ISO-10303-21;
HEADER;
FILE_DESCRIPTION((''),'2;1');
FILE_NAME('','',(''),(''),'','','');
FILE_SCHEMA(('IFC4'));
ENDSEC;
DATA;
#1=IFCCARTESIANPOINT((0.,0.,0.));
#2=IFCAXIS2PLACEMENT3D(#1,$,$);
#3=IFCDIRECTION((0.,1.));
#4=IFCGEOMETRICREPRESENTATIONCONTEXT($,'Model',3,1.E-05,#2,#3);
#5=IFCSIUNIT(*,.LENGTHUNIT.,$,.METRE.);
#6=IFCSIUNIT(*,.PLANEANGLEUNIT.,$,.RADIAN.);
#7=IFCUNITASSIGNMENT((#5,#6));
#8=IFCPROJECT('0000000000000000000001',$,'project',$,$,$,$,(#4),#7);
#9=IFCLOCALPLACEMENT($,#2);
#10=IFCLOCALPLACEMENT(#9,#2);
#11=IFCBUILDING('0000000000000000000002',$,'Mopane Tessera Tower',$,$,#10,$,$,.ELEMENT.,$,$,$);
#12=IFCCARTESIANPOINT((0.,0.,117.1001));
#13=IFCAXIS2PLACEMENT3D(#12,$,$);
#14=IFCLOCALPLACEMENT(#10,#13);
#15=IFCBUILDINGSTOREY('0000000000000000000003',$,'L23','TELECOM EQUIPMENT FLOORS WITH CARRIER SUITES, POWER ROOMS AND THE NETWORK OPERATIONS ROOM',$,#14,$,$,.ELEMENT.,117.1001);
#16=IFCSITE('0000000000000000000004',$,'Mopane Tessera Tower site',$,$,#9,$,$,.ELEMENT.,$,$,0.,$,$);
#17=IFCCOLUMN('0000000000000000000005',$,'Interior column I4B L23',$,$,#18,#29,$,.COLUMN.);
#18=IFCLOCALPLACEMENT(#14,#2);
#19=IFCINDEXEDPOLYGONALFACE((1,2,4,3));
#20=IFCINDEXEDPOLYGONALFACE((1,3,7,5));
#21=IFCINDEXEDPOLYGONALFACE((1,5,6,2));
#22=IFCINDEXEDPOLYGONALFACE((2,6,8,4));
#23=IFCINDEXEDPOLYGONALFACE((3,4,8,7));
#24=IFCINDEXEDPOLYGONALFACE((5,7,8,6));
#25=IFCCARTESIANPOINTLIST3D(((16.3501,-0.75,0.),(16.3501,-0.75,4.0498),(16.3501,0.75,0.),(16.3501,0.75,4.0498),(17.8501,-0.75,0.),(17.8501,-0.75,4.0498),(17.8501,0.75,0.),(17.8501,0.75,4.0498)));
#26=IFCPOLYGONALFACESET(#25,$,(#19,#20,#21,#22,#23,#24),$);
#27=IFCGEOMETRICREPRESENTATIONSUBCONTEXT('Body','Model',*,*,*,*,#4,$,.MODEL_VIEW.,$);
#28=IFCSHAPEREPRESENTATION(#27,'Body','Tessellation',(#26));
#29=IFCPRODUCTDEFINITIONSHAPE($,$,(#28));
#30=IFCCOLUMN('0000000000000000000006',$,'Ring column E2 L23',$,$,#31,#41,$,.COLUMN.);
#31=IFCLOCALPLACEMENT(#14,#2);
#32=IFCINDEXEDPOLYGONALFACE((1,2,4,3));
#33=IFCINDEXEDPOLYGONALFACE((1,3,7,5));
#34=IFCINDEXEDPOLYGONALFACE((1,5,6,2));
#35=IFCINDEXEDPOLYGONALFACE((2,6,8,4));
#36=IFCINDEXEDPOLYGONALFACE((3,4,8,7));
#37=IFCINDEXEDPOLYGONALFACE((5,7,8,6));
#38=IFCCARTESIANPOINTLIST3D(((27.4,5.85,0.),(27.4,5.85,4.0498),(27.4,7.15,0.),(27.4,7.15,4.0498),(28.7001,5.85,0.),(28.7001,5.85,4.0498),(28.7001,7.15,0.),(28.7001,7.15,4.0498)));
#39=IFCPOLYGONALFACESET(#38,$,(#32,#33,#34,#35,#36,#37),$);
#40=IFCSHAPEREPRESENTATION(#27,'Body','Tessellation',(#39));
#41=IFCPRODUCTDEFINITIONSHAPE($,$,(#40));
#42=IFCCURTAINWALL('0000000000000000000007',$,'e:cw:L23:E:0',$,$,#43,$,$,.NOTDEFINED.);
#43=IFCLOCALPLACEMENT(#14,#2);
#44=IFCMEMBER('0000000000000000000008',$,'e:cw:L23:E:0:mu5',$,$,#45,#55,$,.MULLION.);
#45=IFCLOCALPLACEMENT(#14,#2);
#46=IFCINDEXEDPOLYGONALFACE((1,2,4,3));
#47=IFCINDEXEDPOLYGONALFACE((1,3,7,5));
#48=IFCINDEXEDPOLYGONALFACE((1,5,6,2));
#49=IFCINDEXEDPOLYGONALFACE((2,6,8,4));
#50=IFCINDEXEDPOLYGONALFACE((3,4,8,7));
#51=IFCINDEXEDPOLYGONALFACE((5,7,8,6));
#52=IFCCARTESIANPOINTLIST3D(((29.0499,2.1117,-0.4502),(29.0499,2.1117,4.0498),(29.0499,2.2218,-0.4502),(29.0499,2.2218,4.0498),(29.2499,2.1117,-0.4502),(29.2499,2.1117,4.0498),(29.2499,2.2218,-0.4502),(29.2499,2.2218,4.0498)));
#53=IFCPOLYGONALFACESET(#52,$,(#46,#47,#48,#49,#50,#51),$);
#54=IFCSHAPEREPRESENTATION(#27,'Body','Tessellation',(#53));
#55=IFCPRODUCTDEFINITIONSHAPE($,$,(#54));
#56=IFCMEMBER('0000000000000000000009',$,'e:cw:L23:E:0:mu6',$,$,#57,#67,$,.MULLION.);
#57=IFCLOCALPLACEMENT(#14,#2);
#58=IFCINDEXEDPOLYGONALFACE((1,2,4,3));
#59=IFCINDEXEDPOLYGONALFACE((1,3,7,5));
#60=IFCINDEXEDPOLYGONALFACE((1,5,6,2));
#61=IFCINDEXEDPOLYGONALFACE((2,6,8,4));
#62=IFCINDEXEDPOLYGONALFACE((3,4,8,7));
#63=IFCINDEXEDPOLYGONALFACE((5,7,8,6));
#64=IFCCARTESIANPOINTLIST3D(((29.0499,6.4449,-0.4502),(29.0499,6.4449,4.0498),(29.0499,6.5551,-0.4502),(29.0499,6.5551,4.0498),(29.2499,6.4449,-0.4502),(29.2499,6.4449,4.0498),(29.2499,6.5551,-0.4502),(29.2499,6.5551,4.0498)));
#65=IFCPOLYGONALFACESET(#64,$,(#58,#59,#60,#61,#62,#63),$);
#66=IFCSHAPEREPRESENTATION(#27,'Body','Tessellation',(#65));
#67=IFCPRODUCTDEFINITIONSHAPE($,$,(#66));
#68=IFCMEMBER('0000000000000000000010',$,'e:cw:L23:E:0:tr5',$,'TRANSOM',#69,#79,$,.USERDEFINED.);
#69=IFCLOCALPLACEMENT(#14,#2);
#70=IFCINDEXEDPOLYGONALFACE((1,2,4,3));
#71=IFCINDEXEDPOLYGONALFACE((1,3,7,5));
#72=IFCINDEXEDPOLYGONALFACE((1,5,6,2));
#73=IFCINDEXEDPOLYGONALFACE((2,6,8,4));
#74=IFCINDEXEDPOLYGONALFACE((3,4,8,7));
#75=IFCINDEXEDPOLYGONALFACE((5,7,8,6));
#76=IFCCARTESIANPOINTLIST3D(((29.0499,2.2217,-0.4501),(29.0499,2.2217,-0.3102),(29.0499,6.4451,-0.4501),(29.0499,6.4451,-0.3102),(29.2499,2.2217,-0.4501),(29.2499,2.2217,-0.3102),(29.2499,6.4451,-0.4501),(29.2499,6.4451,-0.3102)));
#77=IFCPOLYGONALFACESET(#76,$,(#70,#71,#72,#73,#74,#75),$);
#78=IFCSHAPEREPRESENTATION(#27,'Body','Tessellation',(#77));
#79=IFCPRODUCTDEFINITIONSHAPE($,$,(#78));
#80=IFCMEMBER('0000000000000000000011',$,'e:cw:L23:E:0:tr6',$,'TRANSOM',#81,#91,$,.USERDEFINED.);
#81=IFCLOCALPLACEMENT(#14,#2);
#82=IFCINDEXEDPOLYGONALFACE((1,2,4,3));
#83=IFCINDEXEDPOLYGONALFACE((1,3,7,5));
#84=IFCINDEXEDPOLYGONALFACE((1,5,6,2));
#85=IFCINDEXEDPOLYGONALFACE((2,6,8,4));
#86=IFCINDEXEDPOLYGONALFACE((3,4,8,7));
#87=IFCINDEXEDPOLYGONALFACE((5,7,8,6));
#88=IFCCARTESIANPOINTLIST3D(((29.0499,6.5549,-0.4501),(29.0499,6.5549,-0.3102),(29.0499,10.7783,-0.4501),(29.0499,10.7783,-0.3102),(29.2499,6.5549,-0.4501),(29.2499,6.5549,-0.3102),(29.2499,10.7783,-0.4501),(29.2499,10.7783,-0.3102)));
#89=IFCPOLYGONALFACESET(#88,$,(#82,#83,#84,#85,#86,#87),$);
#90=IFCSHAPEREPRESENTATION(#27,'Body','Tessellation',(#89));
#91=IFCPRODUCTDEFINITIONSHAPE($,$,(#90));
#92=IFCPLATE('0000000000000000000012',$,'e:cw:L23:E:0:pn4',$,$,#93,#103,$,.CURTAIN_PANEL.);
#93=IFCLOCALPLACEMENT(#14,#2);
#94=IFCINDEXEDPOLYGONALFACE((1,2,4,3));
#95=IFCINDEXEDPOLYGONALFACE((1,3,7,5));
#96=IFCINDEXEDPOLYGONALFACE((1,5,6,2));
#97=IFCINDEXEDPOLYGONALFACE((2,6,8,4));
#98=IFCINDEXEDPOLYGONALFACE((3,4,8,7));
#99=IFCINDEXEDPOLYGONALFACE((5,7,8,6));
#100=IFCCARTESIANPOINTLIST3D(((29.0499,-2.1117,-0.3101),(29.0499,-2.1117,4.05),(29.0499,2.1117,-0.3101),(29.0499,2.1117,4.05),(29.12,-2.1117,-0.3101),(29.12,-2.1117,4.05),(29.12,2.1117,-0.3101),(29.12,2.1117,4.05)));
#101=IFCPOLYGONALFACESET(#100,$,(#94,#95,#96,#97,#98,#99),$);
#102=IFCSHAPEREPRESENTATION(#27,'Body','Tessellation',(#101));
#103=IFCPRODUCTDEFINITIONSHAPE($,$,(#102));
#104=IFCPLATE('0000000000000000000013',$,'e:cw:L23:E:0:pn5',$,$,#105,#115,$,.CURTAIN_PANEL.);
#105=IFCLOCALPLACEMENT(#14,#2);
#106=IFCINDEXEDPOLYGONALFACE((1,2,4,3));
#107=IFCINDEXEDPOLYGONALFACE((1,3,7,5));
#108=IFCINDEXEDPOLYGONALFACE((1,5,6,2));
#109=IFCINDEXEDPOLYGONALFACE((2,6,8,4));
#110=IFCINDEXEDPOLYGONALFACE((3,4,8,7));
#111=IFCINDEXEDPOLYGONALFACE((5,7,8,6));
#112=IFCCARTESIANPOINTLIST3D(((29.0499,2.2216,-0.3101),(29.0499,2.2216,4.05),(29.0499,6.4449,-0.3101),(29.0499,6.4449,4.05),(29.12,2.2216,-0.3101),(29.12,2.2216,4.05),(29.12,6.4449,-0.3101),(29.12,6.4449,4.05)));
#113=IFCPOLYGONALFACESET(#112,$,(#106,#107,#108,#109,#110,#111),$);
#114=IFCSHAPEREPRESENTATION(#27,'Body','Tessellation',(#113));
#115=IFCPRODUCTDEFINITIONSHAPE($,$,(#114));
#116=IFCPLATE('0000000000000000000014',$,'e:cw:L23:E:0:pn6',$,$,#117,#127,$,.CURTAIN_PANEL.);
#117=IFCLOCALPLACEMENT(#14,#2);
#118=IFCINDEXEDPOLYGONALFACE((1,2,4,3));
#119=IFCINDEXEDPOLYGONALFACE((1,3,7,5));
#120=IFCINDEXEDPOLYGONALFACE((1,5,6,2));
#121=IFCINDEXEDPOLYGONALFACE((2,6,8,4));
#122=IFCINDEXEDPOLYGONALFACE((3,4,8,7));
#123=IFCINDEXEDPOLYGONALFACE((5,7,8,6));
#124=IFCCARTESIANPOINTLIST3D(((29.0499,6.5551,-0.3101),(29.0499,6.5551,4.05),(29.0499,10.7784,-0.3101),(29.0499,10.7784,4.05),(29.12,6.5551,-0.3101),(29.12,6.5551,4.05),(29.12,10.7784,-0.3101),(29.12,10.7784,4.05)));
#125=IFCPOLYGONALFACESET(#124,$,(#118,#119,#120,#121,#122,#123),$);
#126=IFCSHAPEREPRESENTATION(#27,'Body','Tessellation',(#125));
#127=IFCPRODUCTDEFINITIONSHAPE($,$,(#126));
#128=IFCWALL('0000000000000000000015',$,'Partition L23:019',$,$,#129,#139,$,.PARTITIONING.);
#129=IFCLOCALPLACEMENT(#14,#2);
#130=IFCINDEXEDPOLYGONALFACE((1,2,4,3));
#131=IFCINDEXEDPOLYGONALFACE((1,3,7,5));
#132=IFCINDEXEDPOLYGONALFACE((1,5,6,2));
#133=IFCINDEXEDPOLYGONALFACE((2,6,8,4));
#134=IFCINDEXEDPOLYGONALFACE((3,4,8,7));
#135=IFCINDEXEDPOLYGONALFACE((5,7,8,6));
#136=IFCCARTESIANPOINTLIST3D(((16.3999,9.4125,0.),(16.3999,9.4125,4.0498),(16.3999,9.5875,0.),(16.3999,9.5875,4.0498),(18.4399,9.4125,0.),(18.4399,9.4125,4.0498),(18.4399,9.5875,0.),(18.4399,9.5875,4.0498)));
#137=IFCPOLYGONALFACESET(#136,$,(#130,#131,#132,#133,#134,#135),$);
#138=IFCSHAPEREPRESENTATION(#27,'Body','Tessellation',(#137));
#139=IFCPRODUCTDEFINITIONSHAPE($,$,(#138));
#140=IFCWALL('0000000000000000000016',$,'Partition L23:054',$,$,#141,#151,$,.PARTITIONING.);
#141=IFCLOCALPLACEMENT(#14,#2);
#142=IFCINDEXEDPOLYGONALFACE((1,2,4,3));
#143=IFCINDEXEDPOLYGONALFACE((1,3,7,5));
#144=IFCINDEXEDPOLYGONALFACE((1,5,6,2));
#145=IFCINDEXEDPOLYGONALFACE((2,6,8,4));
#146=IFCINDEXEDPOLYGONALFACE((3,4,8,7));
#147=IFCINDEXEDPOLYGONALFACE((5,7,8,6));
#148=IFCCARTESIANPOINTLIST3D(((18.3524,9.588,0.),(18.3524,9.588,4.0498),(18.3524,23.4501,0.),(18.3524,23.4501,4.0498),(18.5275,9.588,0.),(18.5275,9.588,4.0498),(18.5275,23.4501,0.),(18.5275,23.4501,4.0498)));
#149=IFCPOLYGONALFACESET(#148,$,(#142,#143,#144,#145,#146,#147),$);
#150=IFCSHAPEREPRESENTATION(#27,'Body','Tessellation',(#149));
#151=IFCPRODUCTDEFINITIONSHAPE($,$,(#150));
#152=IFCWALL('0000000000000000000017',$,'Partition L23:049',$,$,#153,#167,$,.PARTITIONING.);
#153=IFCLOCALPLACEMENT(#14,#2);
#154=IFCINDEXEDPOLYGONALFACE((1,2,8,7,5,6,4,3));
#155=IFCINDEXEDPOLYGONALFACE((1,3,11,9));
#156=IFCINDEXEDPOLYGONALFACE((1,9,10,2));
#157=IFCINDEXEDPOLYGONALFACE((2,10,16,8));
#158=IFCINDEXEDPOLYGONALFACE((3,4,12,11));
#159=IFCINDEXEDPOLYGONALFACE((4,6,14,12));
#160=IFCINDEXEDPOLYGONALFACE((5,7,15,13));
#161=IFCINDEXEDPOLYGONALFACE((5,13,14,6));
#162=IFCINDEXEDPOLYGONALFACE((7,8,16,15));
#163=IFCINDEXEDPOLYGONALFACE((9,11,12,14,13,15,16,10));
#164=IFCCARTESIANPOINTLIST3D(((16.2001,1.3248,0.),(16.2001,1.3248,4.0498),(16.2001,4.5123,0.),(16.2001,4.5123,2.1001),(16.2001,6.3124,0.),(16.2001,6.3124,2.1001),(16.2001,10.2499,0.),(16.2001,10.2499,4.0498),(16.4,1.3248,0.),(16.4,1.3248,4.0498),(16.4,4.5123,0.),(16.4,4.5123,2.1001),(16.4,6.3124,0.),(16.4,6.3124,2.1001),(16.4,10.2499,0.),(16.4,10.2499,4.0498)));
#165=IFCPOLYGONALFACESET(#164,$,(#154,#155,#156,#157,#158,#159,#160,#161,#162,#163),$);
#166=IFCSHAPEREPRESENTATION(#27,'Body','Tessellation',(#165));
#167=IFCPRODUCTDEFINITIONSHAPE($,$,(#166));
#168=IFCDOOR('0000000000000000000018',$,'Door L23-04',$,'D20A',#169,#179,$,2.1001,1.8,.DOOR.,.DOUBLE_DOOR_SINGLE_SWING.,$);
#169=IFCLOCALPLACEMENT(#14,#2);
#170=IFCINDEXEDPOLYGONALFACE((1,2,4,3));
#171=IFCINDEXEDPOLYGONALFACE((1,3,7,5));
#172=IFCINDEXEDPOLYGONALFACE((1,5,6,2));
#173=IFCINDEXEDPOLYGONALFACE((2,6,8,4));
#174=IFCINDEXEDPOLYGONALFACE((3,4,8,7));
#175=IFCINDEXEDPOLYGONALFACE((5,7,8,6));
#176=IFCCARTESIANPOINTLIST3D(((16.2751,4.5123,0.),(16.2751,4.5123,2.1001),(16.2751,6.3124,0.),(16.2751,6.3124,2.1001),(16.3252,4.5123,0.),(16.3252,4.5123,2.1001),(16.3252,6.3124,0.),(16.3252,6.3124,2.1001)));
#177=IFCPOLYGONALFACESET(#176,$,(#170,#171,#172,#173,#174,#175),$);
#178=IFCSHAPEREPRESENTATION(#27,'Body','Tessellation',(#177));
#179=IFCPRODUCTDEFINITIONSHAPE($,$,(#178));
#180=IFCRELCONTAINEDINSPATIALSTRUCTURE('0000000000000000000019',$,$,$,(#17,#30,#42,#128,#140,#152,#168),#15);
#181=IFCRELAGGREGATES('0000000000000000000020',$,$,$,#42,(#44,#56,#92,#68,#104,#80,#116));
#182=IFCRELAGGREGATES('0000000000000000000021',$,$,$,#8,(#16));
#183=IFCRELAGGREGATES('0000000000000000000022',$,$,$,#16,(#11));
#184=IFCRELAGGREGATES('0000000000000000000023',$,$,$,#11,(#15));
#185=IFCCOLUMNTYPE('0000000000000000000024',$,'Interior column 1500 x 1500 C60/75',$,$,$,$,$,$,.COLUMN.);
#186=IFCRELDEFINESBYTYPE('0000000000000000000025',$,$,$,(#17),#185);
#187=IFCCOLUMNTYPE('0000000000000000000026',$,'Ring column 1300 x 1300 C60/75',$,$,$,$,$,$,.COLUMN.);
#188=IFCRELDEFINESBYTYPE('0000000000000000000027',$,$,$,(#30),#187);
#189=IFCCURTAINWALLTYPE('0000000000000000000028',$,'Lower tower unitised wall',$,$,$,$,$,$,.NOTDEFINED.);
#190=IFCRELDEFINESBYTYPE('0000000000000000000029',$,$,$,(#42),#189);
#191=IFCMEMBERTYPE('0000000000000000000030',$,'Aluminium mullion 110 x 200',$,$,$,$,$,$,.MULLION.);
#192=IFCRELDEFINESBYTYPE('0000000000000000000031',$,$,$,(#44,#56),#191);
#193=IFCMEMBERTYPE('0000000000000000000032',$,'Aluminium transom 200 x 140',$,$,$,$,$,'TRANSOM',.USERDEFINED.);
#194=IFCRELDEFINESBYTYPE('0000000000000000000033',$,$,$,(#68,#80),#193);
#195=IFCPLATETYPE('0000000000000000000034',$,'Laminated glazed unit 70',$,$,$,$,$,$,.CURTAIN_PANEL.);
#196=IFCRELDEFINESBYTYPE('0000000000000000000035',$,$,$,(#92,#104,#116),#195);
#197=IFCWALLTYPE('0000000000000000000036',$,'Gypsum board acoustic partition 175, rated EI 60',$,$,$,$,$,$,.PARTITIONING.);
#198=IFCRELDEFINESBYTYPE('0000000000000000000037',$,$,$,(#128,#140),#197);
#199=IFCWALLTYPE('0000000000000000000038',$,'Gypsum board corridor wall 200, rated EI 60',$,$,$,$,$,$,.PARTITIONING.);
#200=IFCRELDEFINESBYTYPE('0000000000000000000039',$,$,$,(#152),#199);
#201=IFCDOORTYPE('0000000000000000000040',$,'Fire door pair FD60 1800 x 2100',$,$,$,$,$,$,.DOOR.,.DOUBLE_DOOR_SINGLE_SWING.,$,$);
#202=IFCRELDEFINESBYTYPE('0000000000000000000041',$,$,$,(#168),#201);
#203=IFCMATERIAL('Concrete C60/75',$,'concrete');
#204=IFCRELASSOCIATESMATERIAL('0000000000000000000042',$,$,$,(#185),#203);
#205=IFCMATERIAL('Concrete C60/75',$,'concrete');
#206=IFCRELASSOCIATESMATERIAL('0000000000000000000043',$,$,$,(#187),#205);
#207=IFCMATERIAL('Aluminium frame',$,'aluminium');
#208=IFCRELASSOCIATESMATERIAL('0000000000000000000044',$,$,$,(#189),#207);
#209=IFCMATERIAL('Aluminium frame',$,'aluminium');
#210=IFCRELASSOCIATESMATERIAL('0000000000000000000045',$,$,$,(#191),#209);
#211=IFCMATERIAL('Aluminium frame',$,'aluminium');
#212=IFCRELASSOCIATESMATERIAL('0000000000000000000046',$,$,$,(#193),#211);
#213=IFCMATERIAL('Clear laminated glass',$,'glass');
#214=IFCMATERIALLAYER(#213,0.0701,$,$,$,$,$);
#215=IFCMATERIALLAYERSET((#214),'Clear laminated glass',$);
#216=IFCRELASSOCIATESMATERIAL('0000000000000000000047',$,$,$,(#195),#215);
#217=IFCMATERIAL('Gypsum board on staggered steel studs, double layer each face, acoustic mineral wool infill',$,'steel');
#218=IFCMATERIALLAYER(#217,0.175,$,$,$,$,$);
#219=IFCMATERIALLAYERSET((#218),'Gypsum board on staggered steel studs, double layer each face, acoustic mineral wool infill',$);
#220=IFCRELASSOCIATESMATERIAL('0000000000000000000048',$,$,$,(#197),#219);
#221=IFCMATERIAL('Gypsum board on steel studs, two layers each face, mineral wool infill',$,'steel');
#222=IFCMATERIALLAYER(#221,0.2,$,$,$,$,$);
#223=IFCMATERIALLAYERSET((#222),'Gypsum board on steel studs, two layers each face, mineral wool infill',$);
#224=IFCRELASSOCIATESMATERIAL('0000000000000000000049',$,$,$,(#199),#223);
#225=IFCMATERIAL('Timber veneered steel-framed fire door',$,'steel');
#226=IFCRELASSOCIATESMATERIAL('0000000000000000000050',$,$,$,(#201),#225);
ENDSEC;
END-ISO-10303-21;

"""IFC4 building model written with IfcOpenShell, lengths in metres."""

from ifc_helpers import new_model, si_unit, direction, frame, frame_2d, origin, origin_2d, place, context, subcontext, project, spatial, rectangle, extrude, material, layer, layer_set, material_profile, profile_set, type_object, element, fill, aggregate, save


model = new_model("IFC4")

# Units and contexts
model_context = context("Model", 3, precision=1e-05, world=origin(), true_north=direction((0.0, 1.0)))
body_context = subcontext(model_context, "Body", "Model", "MODEL_VIEW")
ifc_project = project(units=[si_unit("LENGTHUNIT", "METRE"), si_unit("PLANEANGLEUNIT", "RADIAN")], contexts=[model_context])

# Site, building, storey
site_placement = place(None, origin())
site = spatial("IfcSite", under=ifc_project, at=site_placement, Name="Mopane Tessera Tower site", CompositionType="ELEMENT", RefElevation=0.0)
building_placement = place(site_placement, origin())
building = spatial("IfcBuilding", under=site, at=building_placement, Name="Mopane Tessera Tower", CompositionType="ELEMENT")
storey_placement = place(building_placement, frame((0.0, 0.0, 117.1001)))
storey = spatial("IfcBuildingStorey", under=building, at=storey_placement, Name="L23", Description="TELECOM EQUIPMENT FLOORS WITH CARRIER SUITES, POWER ROOMS AND THE NETWORK OPERATIONS ROOM", CompositionType="ELEMENT", Elevation=117.1001)

# Columns
ifc_material_1 = material(Name="Concrete C60/75", Category="concrete")
ifc_material_profile_1 = material_profile(ifc_material_1, rectangle(XDim=1.5, YDim=1.5, at=origin_2d()))
ifc_profile_set_1 = profile_set([ifc_material_profile_1], Name="Concrete C60/75")
column_type_1 = type_object("IfcColumnType", Name="Interior column 1500 x 1500 C60/75", PredefinedType="COLUMN", material=ifc_profile_set_1)
column_1_placement = place(storey_placement, frame((17.1001, 0.0, 0.0), z_axis=(0.0, 0.0, 1.0), x_axis=(1.0, 0.0, 0.0)))
element("IfcColumn", 1, at=column_1_placement, inside=storey, type_object=column_type_1, Name="Interior column I4B L23", PredefinedType="COLUMN", context=body_context, shape_type="SweptSolid", body=[
    extrude(rectangle(XDim=1.5, YDim=1.5, at=origin_2d()), origin(), (0.0, 0.0, 1.0), 4.0498),
])
ifc_material_2 = material(Name="Concrete C60/75", Category="concrete")
ifc_material_profile_2 = material_profile(ifc_material_2, rectangle(XDim=1.3, YDim=1.3, at=origin_2d()))
ifc_profile_set_2 = profile_set([ifc_material_profile_2], Name="Concrete C60/75")
column_type_2 = type_object("IfcColumnType", Name="Ring column 1300 x 1300 C60/75", PredefinedType="COLUMN", material=ifc_profile_set_2)
column_2_placement = place(storey_placement, frame((28.05, 6.5, 0.0), z_axis=(0.0, 0.0, 1.0), x_axis=(1.0, 0.0, 0.0)))
element("IfcColumn", 2, at=column_2_placement, inside=storey, type_object=column_type_2, Name="Ring column E2 L23", PredefinedType="COLUMN", context=body_context, shape_type="SweptSolid", body=[
    extrude(rectangle(XDim=1.3, YDim=1.3, at=origin_2d()), origin(), (0.0, 0.0, 1.0), 4.0498),
])

# Curtain wall, members, plates
ifc_material_3 = material(Name="Aluminium frame", Category="aluminium")
curtain_wall_type = type_object("IfcCurtainWallType", Name="Lower tower unitised wall", PredefinedType="NOTDEFINED", material=ifc_material_3)
curtain_wall_placement = place(storey_placement, origin())
curtain_wall = element("IfcCurtainWall", 3, at=curtain_wall_placement, inside=storey, type_object=curtain_wall_type, Name="e:cw:L23:E:0", PredefinedType="NOTDEFINED")
ifc_material_4 = material(Name="Aluminium frame", Category="aluminium")
ifc_material_profile_3 = material_profile(ifc_material_4, rectangle(XDim=0.1101, YDim=0.2, at=origin_2d()))
ifc_profile_set_3 = profile_set([ifc_material_profile_3], Name="Aluminium frame")
member_type_1 = type_object("IfcMemberType", Name="Aluminium mullion 110 x 200", PredefinedType="MULLION", material=ifc_profile_set_3)
member_1_placement = place(storey_placement, frame((29.1499, 2.1667, -0.4502), z_axis=(0.0, 0.0, 1.0), x_axis=(0.0, 1.0, 0.0)))
member_1 = element("IfcMember", 4, at=member_1_placement, type_object=member_type_1, Name="e:cw:L23:E:0:mu5", PredefinedType="MULLION", context=body_context, shape_type="SweptSolid", body=[
    extrude(rectangle(XDim=0.1101, YDim=0.2, at=origin_2d()), origin(), (0.0, 0.0, 1.0), 4.5),
])
member_2_placement = place(storey_placement, frame((29.1499, 6.5, -0.4502), z_axis=(0.0, 0.0, 1.0), x_axis=(0.0, 1.0, 0.0)))
member_2 = element("IfcMember", 5, at=member_2_placement, type_object=member_type_1, Name="e:cw:L23:E:0:mu6", PredefinedType="MULLION", context=body_context, shape_type="SweptSolid", body=[
    extrude(rectangle(XDim=0.1101, YDim=0.2, at=origin_2d()), origin(), (0.0, 0.0, 1.0), 4.5),
])
ifc_material_5 = material(Name="Aluminium frame", Category="aluminium")
ifc_material_profile_4 = material_profile(ifc_material_5, rectangle(XDim=0.2, YDim=0.1399, at=origin_2d()))
ifc_profile_set_4 = profile_set([ifc_material_profile_4], Name="Aluminium frame")
member_type_2 = type_object("IfcMemberType", Name="Aluminium transom 200 x 140", ElementType="TRANSOM", PredefinedType="USERDEFINED", material=ifc_profile_set_4)
member_3_placement = place(storey_placement, frame((29.1499, 2.2217, -0.3801), z_axis=(0.0, 1.0, 0.0), x_axis=(-1.0, 0.0, 0.0)))
member_3 = element("IfcMember", 6, at=member_3_placement, type_object=member_type_2, Name="e:cw:L23:E:0:tr5", ObjectType="TRANSOM", PredefinedType="USERDEFINED", context=body_context, shape_type="SweptSolid", body=[
    extrude(rectangle(XDim=0.2, YDim=0.1399, at=origin_2d()), origin(), (0.0, 0.0, 1.0), 4.2234),
])
member_4_placement = place(storey_placement, frame((29.1499, 6.5549, -0.3801), z_axis=(0.0, 1.0, 0.0), x_axis=(-1.0, 0.0, 0.0)))
member_4 = element("IfcMember", 7, at=member_4_placement, type_object=member_type_2, Name="e:cw:L23:E:0:tr6", ObjectType="TRANSOM", PredefinedType="USERDEFINED", context=body_context, shape_type="SweptSolid", body=[
    extrude(rectangle(XDim=0.2, YDim=0.1399, at=origin_2d()), origin(), (0.0, 0.0, 1.0), 4.2234),
])
ifc_material_6 = material(Name="Clear laminated glass", Category="glass")
ifc_layer_1 = layer(ifc_material_6, 0.0701)
ifc_layer_set_1 = layer_set([ifc_layer_1], Name="Clear laminated glass")
plate_type = type_object("IfcPlateType", Name="Laminated glazed unit 70", PredefinedType="CURTAIN_PANEL", material=ifc_layer_set_1)
plate_1_placement = place(storey_placement, frame((29.085, 0.0, -0.3101), z_axis=(0.0, 0.0, 1.0), x_axis=(0.0, 1.0, 0.0)))
plate_1 = element("IfcPlate", 8, at=plate_1_placement, type_object=plate_type, Name="e:cw:L23:E:0:pn4", PredefinedType="CURTAIN_PANEL", context=body_context, shape_type="SweptSolid", body=[
    extrude(rectangle(XDim=4.2234, YDim=0.0701, at=origin_2d()), origin(), (0.0, 0.0, 1.0), 4.3601),
])
plate_2_placement = place(storey_placement, frame((29.085, 4.3333, -0.3101), z_axis=(0.0, 0.0, 1.0), x_axis=(0.0, 1.0, 0.0)))
plate_2 = element("IfcPlate", 9, at=plate_2_placement, type_object=plate_type, Name="e:cw:L23:E:0:pn5", PredefinedType="CURTAIN_PANEL", context=body_context, shape_type="SweptSolid", body=[
    extrude(rectangle(XDim=4.2234, YDim=0.0701, at=origin_2d()), origin(), (0.0, 0.0, 1.0), 4.3601),
])
plate_3_placement = place(storey_placement, frame((29.085, 8.6667, -0.3101), z_axis=(0.0, 0.0, 1.0), x_axis=(0.0, 1.0, 0.0)))
plate_3 = element("IfcPlate", 10, at=plate_3_placement, type_object=plate_type, Name="e:cw:L23:E:0:pn6", PredefinedType="CURTAIN_PANEL", context=body_context, shape_type="SweptSolid", body=[
    extrude(rectangle(XDim=4.2234, YDim=0.0701, at=origin_2d()), origin(), (0.0, 0.0, 1.0), 4.3601),
])
aggregate(curtain_wall, [member_1, member_2, plate_1, member_3, plate_2, member_4, plate_3])

# Walls
ifc_material_7 = material(Name="Gypsum board on staggered steel studs, double layer each face, acoustic mineral wool infill", Category="steel")
ifc_layer_2 = layer(ifc_material_7, 0.175)
ifc_layer_set_2 = layer_set([ifc_layer_2], Name="Gypsum board on staggered steel studs, double layer each face, acoustic mineral wool infill")
wall_type_1 = type_object("IfcWallType", Name="Gypsum board acoustic partition 175, rated EI 60", PredefinedType="PARTITIONING", material=ifc_layer_set_2)
wall_1_placement = place(storey_placement, frame((16.3999, 9.5, 0.0), z_axis=(0.0, 0.0, 1.0), x_axis=(1.0, 0.0, 0.0)))
element("IfcWall", 11, at=wall_1_placement, inside=storey, type_object=wall_type_1, Name="Partition L23:019", PredefinedType="PARTITIONING", context=body_context, shape_type="SweptSolid", body=[
    extrude(rectangle(XDim=2.04, YDim=0.175, at=frame_2d((1.02, 0.0))), origin(), (0.0, 0.0, 1.0), 4.0498),
])
wall_2_placement = place(storey_placement, frame((18.4399, 9.5879, 0.0), z_axis=(0.0, 0.0, 1.0), x_axis=(0.0, 1.0, 0.0)))
element("IfcWall", 12, at=wall_2_placement, inside=storey, type_object=wall_type_1, Name="Partition L23:054", PredefinedType="PARTITIONING", context=body_context, shape_type="SweptSolid", body=[
    extrude(rectangle(XDim=13.8621, YDim=0.175, at=frame_2d((6.9312, 0.0))), origin(), (0.0, 0.0, 1.0), 4.0498),
])

# Wall, opening, door
ifc_material_8 = material(Name="Gypsum board on steel studs, two layers each face, mineral wool infill", Category="steel")
ifc_layer_3 = layer(ifc_material_8, 0.2)
ifc_layer_set_3 = layer_set([ifc_layer_3], Name="Gypsum board on steel studs, two layers each face, mineral wool infill")
wall_type_2 = type_object("IfcWallType", Name="Gypsum board corridor wall 200, rated EI 60", PredefinedType="PARTITIONING", material=ifc_layer_set_3)
wall_3_placement = place(storey_placement, frame((16.3, 1.325, 0.0), z_axis=(0.0, 0.0, 1.0), x_axis=(0.0, 1.0, 0.0)))
wall_3 = element("IfcWall", 13, at=wall_3_placement, inside=storey, type_object=wall_type_2, Name="Partition L23:049", PredefinedType="PARTITIONING", context=body_context, shape_type="SweptSolid", body=[
    extrude(rectangle(XDim=8.925, YDim=0.2, at=frame_2d((4.4624, 0.0))), origin(), (0.0, 0.0, 1.0), 4.0498),
])
opening_placement = place(wall_3_placement, frame((3.1875, 0.0, 0.0)))
opening = element("IfcOpeningElement", 14, at=opening_placement, cuts=wall_3, PredefinedType="OPENING", context=body_context, shape_type="SweptSolid", body=[
    extrude(rectangle(XDim=1.8, YDim=2.1001, at=frame_2d((0.8999, 1.05))), frame((0.0, 0.1121, 0.0), z_axis=(0.0, -1.0, 0.0), x_axis=(1.0, 0.0, 0.0)), (0.0, 0.0, 1.0), 0.2239),
])
ifc_material_9 = material(Name="Timber veneered steel-framed fire door", Category="steel")
door_type = type_object("IfcDoorType", Name="Fire door pair FD60 1800 x 2100", OperationType="DOUBLE_DOOR_SINGLE_SWING", PredefinedType="DOOR", material=ifc_material_9)
door_placement = place(opening_placement, origin())
door = element("IfcDoor", 15, at=door_placement, inside=storey, type_object=door_type, Name="Door L23-04", ObjectType="D20A", OperationType="DOUBLE_DOOR_SINGLE_SWING", OverallHeight=2.1001, OverallWidth=1.8, PredefinedType="DOOR", context=body_context, shape_type="SweptSolid", body=[
    extrude(rectangle(XDim=1.8, YDim=2.1001, at=frame_2d((0.8999, 1.05))), frame((0.0, 0.0249, 0.0), z_axis=(0.0, -1.0, 0.0), x_axis=(1.0, 0.0, 0.0)), (0.0, 0.0, 1.0), 0.05),
])
fill(opening, door)

save(model, "model.ifc")
